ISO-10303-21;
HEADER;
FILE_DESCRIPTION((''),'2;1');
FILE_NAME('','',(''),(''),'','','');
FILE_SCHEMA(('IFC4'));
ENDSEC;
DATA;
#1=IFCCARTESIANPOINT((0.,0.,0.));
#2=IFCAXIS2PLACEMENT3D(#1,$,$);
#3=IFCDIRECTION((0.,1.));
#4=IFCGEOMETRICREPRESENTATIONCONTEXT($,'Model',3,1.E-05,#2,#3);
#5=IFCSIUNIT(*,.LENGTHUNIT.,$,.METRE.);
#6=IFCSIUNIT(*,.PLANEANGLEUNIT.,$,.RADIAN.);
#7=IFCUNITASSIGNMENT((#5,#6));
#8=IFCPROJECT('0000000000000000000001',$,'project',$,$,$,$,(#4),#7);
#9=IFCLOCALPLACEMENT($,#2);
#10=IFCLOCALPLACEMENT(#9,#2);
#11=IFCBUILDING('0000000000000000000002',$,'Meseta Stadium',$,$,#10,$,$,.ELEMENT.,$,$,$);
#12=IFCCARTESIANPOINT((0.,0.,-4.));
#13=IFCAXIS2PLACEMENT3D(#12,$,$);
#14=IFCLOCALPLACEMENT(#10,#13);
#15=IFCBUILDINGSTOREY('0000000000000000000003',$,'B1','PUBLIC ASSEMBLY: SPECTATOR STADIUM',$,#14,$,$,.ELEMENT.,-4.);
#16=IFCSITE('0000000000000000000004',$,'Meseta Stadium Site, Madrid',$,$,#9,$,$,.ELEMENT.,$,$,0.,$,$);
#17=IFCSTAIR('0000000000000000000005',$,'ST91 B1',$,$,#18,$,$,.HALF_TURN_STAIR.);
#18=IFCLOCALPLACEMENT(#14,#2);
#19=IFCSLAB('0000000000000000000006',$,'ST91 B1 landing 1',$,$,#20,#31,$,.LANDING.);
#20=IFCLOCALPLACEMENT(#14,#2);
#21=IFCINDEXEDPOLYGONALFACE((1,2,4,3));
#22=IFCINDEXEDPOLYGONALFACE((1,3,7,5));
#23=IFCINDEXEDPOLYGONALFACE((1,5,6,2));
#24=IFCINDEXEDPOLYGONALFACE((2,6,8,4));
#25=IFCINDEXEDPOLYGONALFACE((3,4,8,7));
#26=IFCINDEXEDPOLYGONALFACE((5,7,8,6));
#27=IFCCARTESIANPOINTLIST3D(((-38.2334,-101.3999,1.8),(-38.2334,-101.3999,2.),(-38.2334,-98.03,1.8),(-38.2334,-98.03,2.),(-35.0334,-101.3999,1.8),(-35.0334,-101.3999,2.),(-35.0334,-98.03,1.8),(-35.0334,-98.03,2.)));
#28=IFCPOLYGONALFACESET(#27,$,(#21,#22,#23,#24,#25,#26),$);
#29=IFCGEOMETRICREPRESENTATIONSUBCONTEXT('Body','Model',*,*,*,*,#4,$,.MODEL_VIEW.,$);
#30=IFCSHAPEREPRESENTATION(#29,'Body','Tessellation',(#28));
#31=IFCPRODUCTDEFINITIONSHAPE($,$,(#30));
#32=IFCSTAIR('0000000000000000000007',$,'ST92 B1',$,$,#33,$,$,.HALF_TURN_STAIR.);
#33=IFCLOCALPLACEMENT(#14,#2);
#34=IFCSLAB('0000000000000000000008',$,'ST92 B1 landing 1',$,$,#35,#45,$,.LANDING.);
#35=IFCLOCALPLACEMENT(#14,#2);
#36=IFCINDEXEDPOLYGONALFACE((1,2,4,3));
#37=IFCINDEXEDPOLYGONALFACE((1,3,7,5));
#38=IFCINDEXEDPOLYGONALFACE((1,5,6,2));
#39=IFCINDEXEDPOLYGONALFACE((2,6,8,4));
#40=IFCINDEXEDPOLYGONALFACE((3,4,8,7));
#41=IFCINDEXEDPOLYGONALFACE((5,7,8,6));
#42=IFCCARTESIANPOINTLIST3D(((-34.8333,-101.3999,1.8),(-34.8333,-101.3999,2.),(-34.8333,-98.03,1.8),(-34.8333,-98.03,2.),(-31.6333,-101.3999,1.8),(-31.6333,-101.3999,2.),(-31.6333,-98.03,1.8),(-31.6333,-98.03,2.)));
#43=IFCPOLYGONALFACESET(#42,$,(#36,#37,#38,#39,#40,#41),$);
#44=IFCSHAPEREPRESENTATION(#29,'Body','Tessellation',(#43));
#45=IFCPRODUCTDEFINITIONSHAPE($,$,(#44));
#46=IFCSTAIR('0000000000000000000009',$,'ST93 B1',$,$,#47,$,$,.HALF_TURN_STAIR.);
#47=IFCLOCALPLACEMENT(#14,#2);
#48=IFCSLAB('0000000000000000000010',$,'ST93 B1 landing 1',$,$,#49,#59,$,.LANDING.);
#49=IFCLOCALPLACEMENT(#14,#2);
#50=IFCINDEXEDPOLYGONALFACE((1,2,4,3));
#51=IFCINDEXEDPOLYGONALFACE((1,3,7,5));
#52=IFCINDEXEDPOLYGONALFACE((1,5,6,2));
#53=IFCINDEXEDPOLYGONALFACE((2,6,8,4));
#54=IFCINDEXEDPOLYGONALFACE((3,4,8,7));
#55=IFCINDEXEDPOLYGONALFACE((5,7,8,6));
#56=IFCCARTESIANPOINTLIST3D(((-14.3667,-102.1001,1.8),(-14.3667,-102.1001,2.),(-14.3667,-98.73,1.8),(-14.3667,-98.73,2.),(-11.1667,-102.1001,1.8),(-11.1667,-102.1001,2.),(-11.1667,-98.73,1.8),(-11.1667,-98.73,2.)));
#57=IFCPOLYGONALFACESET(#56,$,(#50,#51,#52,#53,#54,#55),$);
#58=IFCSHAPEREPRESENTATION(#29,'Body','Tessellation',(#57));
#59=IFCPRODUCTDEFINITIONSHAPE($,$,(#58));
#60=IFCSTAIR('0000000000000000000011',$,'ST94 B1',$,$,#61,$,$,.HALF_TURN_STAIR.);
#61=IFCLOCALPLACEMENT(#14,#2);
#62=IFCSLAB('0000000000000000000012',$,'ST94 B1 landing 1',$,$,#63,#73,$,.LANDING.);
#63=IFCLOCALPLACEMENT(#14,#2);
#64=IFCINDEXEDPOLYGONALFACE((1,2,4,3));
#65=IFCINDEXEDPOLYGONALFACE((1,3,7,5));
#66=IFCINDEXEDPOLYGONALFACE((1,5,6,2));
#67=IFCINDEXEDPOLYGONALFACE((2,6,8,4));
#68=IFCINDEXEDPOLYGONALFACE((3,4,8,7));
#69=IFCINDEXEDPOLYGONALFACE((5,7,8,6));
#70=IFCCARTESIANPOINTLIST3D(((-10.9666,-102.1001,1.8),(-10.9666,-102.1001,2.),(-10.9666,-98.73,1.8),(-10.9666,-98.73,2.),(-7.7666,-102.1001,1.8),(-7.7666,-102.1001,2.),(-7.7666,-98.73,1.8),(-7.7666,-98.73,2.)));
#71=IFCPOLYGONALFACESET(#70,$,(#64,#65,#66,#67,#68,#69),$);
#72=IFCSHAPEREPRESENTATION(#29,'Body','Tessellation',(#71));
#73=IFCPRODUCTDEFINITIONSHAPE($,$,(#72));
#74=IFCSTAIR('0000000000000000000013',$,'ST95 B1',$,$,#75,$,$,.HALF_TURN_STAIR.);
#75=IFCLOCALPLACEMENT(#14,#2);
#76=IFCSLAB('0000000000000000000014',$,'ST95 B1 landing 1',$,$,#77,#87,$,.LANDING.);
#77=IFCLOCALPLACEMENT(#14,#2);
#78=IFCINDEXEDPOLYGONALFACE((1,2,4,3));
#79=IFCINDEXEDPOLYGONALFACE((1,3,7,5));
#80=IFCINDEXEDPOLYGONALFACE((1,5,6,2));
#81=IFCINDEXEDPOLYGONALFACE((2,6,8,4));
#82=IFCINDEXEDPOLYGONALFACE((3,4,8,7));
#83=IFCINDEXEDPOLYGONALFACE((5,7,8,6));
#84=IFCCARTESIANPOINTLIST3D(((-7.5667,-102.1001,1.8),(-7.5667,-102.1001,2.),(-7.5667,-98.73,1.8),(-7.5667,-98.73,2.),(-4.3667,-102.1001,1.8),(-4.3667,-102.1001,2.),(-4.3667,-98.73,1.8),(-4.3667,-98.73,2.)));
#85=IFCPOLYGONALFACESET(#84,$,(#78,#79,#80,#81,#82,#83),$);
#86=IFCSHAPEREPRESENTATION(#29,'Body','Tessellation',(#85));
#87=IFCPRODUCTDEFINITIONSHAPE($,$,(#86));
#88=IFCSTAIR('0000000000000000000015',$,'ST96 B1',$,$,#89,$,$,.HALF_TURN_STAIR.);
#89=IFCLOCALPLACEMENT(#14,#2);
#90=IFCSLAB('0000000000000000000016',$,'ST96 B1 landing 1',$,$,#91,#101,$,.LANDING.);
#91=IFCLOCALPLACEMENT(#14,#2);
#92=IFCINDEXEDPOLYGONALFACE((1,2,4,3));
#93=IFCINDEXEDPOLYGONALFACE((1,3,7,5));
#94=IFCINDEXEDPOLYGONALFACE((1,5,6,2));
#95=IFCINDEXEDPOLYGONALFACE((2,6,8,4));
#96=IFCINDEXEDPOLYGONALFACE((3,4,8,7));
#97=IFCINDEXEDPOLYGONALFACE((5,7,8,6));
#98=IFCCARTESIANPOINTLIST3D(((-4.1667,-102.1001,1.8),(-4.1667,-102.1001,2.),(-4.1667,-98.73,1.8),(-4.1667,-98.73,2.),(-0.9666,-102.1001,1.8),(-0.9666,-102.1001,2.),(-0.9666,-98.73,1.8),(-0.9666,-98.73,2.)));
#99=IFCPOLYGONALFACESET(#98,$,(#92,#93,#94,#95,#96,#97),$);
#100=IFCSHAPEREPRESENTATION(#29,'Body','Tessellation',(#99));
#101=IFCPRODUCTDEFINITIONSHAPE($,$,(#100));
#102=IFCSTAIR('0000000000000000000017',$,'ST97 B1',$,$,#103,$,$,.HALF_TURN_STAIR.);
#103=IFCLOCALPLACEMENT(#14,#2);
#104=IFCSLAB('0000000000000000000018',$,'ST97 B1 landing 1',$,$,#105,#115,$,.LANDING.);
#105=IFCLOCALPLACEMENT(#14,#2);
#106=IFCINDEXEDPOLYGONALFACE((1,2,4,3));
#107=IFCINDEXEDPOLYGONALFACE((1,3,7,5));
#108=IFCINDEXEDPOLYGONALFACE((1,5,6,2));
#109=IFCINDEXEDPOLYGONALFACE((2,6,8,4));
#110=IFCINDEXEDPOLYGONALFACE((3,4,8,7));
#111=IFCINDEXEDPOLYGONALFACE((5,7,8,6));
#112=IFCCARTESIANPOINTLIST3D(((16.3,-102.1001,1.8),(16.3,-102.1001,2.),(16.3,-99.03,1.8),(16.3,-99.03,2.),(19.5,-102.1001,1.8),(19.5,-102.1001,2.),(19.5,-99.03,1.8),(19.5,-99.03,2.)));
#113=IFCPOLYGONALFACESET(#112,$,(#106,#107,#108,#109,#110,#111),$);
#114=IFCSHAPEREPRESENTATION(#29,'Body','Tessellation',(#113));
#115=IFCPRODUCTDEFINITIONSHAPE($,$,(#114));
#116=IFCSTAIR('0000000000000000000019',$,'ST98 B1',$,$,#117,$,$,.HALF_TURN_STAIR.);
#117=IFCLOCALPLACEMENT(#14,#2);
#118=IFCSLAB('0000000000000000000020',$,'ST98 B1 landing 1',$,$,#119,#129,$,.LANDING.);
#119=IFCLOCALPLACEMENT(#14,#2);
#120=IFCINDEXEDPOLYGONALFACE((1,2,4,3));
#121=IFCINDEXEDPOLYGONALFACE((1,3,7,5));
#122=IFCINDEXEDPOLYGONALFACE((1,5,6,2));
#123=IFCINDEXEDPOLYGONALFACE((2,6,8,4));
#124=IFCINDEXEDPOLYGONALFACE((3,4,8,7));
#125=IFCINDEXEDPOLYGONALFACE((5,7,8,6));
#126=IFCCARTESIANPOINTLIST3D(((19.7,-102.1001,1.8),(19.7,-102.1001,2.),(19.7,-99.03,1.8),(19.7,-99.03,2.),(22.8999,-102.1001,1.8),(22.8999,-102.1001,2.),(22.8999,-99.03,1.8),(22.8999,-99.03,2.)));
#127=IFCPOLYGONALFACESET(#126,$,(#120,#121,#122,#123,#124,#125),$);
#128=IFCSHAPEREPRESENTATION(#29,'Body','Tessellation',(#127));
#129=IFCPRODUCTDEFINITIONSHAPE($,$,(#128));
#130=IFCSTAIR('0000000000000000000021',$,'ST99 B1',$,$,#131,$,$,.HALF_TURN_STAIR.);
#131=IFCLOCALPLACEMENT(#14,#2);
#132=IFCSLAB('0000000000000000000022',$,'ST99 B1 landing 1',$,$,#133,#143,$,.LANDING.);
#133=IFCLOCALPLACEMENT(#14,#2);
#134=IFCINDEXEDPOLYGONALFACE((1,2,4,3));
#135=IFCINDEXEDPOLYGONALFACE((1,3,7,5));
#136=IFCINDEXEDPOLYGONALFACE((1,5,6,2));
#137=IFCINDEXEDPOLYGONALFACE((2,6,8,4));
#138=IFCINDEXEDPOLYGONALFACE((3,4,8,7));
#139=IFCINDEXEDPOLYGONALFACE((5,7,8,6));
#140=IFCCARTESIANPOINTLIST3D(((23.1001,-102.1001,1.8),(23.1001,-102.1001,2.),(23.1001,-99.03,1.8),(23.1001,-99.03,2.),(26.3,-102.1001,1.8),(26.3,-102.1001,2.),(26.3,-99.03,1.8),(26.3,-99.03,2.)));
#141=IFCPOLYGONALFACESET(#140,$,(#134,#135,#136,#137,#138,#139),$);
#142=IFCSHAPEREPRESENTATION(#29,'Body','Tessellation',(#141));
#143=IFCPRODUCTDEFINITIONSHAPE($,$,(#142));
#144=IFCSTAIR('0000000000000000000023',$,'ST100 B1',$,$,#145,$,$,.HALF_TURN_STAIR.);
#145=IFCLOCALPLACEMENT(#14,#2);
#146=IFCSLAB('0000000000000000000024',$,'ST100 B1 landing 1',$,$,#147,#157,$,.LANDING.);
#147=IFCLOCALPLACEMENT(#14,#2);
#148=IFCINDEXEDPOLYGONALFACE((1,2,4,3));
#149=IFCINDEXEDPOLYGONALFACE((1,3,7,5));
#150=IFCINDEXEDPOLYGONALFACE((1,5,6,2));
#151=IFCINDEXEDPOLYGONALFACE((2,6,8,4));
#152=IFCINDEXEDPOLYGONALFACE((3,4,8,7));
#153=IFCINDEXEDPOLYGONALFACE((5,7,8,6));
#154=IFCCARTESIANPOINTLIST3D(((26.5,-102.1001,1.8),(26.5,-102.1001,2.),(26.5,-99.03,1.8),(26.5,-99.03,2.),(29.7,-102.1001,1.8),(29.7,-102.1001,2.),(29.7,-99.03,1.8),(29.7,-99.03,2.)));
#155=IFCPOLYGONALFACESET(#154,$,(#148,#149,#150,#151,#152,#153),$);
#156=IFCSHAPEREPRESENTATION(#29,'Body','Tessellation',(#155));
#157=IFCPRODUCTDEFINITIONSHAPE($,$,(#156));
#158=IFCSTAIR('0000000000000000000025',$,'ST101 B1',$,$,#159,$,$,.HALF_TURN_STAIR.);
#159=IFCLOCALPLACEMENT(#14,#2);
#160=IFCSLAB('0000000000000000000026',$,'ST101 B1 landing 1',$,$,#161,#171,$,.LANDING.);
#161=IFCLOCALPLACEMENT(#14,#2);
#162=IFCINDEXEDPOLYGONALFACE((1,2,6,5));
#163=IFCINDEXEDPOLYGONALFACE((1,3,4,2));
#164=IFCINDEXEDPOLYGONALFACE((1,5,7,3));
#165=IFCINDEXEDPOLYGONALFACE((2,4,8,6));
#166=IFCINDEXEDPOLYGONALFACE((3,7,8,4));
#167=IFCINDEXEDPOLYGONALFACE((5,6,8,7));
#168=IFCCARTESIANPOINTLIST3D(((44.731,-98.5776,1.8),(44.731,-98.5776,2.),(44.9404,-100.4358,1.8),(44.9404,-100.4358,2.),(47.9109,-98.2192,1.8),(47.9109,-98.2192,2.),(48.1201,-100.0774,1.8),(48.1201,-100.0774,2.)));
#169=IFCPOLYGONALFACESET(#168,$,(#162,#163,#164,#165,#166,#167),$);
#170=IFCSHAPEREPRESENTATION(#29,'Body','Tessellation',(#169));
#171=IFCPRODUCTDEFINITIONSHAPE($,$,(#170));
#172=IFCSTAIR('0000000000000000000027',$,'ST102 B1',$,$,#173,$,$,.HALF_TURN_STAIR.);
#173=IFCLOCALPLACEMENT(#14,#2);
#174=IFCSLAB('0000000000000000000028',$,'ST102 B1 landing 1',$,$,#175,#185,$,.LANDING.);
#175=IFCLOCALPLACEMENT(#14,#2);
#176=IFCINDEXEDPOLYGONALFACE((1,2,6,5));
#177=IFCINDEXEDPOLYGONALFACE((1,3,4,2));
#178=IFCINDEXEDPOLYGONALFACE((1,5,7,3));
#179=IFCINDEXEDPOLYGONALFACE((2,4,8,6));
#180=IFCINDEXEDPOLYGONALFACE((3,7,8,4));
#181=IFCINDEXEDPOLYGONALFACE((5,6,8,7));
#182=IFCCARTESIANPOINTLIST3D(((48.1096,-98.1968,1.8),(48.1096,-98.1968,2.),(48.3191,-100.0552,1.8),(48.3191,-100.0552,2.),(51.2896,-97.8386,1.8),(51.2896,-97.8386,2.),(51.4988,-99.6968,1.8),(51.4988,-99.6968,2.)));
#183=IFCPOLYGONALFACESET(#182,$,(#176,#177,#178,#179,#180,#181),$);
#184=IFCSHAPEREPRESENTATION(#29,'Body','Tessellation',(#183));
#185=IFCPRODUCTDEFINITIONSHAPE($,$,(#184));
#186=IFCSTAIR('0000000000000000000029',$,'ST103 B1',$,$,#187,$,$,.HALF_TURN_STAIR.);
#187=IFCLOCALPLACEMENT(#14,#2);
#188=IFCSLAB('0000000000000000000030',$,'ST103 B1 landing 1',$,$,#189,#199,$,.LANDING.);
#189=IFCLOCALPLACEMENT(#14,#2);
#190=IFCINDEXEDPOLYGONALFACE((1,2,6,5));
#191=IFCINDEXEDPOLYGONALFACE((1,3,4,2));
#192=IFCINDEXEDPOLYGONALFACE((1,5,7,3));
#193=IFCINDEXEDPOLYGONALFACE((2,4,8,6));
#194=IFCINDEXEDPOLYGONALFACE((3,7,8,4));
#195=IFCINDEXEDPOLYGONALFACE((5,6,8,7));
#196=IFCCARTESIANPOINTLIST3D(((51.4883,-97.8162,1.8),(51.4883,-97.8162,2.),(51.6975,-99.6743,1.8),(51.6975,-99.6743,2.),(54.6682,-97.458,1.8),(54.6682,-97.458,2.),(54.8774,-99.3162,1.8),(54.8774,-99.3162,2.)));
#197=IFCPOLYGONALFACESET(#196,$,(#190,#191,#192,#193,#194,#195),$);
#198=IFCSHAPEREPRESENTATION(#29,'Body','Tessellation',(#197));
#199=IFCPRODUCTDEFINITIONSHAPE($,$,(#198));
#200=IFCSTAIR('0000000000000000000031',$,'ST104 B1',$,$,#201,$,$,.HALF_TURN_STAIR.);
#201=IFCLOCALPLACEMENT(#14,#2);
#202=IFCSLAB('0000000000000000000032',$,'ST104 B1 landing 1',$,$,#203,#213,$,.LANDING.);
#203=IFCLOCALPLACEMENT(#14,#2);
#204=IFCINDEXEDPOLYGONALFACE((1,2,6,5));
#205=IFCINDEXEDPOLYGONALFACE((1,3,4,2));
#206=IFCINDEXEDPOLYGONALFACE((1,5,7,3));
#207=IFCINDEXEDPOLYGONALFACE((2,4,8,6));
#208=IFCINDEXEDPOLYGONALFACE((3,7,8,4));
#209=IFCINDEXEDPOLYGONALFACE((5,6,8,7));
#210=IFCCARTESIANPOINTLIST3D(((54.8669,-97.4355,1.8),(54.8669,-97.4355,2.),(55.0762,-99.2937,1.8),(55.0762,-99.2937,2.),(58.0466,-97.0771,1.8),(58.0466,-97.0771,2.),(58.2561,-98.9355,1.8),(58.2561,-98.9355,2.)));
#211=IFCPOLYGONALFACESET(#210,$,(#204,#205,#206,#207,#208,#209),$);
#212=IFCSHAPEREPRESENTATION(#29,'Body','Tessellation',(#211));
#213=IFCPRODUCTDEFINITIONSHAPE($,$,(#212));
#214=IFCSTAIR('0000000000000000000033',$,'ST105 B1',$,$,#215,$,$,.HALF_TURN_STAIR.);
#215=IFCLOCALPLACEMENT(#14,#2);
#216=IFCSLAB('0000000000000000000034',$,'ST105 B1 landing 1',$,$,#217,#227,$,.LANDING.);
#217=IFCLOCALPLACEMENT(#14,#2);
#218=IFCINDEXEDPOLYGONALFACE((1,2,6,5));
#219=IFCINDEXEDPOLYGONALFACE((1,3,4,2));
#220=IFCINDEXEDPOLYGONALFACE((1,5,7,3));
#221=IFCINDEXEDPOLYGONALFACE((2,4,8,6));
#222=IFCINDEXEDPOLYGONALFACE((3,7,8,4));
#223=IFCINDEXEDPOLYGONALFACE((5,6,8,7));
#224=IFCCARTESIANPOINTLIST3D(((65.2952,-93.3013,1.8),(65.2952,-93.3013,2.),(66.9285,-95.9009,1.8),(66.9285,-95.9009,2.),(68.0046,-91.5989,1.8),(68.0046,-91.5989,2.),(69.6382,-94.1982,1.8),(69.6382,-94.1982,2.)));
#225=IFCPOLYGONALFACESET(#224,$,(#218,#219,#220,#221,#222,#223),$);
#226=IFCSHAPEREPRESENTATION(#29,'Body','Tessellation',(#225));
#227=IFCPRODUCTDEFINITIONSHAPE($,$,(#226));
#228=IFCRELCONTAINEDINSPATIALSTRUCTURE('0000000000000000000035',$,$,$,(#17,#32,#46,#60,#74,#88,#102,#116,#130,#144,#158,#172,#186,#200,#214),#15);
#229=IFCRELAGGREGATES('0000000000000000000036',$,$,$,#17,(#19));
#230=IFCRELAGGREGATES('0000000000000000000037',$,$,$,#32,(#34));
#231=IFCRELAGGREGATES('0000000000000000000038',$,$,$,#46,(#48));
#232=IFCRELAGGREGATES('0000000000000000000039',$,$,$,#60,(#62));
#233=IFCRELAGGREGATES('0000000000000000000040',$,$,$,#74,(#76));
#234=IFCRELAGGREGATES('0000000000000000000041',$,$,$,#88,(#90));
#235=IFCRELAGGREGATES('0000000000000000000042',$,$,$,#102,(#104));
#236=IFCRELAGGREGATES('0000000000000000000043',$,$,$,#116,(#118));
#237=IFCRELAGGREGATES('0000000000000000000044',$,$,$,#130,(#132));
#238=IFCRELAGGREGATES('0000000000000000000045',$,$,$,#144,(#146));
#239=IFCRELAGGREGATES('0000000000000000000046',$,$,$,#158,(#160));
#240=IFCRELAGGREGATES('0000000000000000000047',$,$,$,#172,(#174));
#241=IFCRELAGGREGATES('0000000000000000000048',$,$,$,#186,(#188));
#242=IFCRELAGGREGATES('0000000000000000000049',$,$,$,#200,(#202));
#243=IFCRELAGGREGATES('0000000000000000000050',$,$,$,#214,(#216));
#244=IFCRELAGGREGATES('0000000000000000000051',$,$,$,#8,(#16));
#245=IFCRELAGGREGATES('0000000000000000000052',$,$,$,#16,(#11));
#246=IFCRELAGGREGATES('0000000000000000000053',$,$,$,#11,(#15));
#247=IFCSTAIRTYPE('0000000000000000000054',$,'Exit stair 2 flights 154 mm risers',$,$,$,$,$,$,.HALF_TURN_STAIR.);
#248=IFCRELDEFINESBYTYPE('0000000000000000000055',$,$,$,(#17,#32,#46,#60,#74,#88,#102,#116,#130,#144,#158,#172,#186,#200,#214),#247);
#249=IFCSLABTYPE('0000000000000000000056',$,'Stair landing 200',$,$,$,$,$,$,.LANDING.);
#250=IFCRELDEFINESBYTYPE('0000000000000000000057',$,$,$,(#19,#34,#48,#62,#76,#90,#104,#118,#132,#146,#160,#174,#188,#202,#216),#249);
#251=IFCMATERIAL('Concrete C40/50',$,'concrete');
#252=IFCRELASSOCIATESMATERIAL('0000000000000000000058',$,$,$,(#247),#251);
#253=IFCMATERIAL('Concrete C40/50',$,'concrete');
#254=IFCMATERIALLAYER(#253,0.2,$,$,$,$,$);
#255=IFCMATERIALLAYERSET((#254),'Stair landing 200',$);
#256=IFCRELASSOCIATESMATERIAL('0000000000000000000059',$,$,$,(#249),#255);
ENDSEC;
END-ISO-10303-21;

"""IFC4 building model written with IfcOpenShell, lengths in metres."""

from ifc_helpers import new_model, si_unit, direction, frame, origin, place, context, subcontext, project, spatial, polyline, outline, extrude, material, layer, layer_set, type_object, element, aggregate, save


model = new_model("IFC4")

# Units and contexts
model_context = context("Model", 3, precision=1e-05, world=origin(), true_north=direction((0.0, 1.0)))
body_context = subcontext(model_context, "Body", "Model", "MODEL_VIEW")
ifc_project = project(units=[si_unit("LENGTHUNIT", "METRE"), si_unit("PLANEANGLEUNIT", "RADIAN")], contexts=[model_context])

# Site, building, storey
site_placement = place(None, origin())
site = spatial("IfcSite", under=ifc_project, at=site_placement, Name="Meseta Stadium Site, Madrid", CompositionType="ELEMENT", RefElevation=0.0)
building_placement = place(site_placement, origin())
building = spatial("IfcBuilding", under=site, at=building_placement, Name="Meseta Stadium", CompositionType="ELEMENT")
storey_placement = place(building_placement, frame((0.0, 0.0, -4.0)))
storey = spatial("IfcBuildingStorey", under=building, at=storey_placement, Name="B1", Description="PUBLIC ASSEMBLY: SPECTATOR STADIUM", CompositionType="ELEMENT", Elevation=-4.0)

# Stairs, slabs
ifc_material_1 = material(Name="Concrete C40/50", Category="concrete")
stair_type = type_object("IfcStairType", Name="Exit stair 2 flights 154 mm risers", PredefinedType="HALF_TURN_STAIR", material=ifc_material_1)
ifc_material_2 = material(Name="Concrete C40/50", Category="concrete")
ifc_layer_1 = layer(ifc_material_2, 0.2)
ifc_layer_set_1 = layer_set([ifc_layer_1], Name="Stair landing 200")
slab_type = type_object("IfcSlabType", Name="Stair landing 200", PredefinedType="LANDING", material=ifc_layer_set_1)
stair_1_placement = place(storey_placement, origin())
stair_1 = element("IfcStair", 1, at=stair_1_placement, inside=storey, type_object=stair_type, Name="ST91 B1", PredefinedType="HALF_TURN_STAIR")
slab_1_placement = place(storey_placement, frame((0.0, 0.0, 1.8)))
slab_1 = element("IfcSlab", 2, at=slab_1_placement, type_object=slab_type, Name="ST91 B1 landing 1", PredefinedType="LANDING", context=body_context, shape_type="SweptSolid", body=[
    extrude(outline(polyline([(-38.2334, -98.03), (-38.2334, -101.3999), (-35.0334, -101.3999), (-35.0334, -98.03), (-38.2334, -98.03)])), origin(), (0.0, 0.0, 1.0), 0.2),
])
aggregate(stair_1, [slab_1])
stair_2_placement = place(storey_placement, origin())
stair_2 = element("IfcStair", 3, at=stair_2_placement, inside=storey, type_object=stair_type, Name="ST92 B1", PredefinedType="HALF_TURN_STAIR")
slab_2_placement = place(storey_placement, frame((0.0, 0.0, 1.8)))
slab_2 = element("IfcSlab", 4, at=slab_2_placement, type_object=slab_type, Name="ST92 B1 landing 1", PredefinedType="LANDING", context=body_context, shape_type="SweptSolid", body=[
    extrude(outline(polyline([(-34.8333, -98.03), (-34.8333, -101.3999), (-31.6333, -101.3999), (-31.6333, -98.03), (-34.8333, -98.03)])), origin(), (0.0, 0.0, 1.0), 0.2),
])
aggregate(stair_2, [slab_2])
stair_3_placement = place(storey_placement, origin())
stair_3 = element("IfcStair", 5, at=stair_3_placement, inside=storey, type_object=stair_type, Name="ST93 B1", PredefinedType="HALF_TURN_STAIR")
slab_3_placement = place(storey_placement, frame((0.0, 0.0, 1.8)))
slab_3 = element("IfcSlab", 6, at=slab_3_placement, type_object=slab_type, Name="ST93 B1 landing 1", PredefinedType="LANDING", context=body_context, shape_type="SweptSolid", body=[
    extrude(outline(polyline([(-14.3667, -98.73), (-14.3667, -102.1001), (-11.1667, -102.1001), (-11.1667, -98.73), (-14.3667, -98.73)])), origin(), (0.0, 0.0, 1.0), 0.2),
])
aggregate(stair_3, [slab_3])
stair_4_placement = place(storey_placement, origin())
stair_4 = element("IfcStair", 7, at=stair_4_placement, inside=storey, type_object=stair_type, Name="ST94 B1", PredefinedType="HALF_TURN_STAIR")
slab_4_placement = place(storey_placement, frame((0.0, 0.0, 1.8)))
slab_4 = element("IfcSlab", 8, at=slab_4_placement, type_object=slab_type, Name="ST94 B1 landing 1", PredefinedType="LANDING", context=body_context, shape_type="SweptSolid", body=[
    extrude(outline(polyline([(-10.9666, -98.73), (-10.9666, -102.1001), (-7.7666, -102.1001), (-7.7666, -98.73), (-10.9666, -98.73)])), origin(), (0.0, 0.0, 1.0), 0.2),
])
aggregate(stair_4, [slab_4])
stair_5_placement = place(storey_placement, origin())
stair_5 = element("IfcStair", 9, at=stair_5_placement, inside=storey, type_object=stair_type, Name="ST95 B1", PredefinedType="HALF_TURN_STAIR")
slab_5_placement = place(storey_placement, frame((0.0, 0.0, 1.8)))
slab_5 = element("IfcSlab", 10, at=slab_5_placement, type_object=slab_type, Name="ST95 B1 landing 1", PredefinedType="LANDING", context=body_context, shape_type="SweptSolid", body=[
    extrude(outline(polyline([(-7.5667, -98.73), (-7.5667, -102.1001), (-4.3667, -102.1001), (-4.3667, -98.73), (-7.5667, -98.73)])), origin(), (0.0, 0.0, 1.0), 0.2),
])
aggregate(stair_5, [slab_5])
stair_6_placement = place(storey_placement, origin())
stair_6 = element("IfcStair", 11, at=stair_6_placement, inside=storey, type_object=stair_type, Name="ST96 B1", PredefinedType="HALF_TURN_STAIR")
slab_6_placement = place(storey_placement, frame((0.0, 0.0, 1.8)))
slab_6 = element("IfcSlab", 12, at=slab_6_placement, type_object=slab_type, Name="ST96 B1 landing 1", PredefinedType="LANDING", context=body_context, shape_type="SweptSolid", body=[
    extrude(outline(polyline([(-4.1667, -98.73), (-4.1667, -102.1001), (-0.9666, -102.1001), (-0.9666, -98.73), (-4.1667, -98.73)])), origin(), (0.0, 0.0, 1.0), 0.2),
])
aggregate(stair_6, [slab_6])
stair_7_placement = place(storey_placement, origin())
stair_7 = element("IfcStair", 13, at=stair_7_placement, inside=storey, type_object=stair_type, Name="ST97 B1", PredefinedType="HALF_TURN_STAIR")
slab_7_placement = place(storey_placement, frame((0.0, 0.0, 1.8)))
slab_7 = element("IfcSlab", 14, at=slab_7_placement, type_object=slab_type, Name="ST97 B1 landing 1", PredefinedType="LANDING", context=body_context, shape_type="SweptSolid", body=[
    extrude(outline(polyline([(16.3, -99.03), (16.3, -102.1001), (19.5, -102.1001), (19.5, -99.03), (16.3, -99.03)])), origin(), (0.0, 0.0, 1.0), 0.2),
])
aggregate(stair_7, [slab_7])
stair_8_placement = place(storey_placement, origin())
stair_8 = element("IfcStair", 15, at=stair_8_placement, inside=storey, type_object=stair_type, Name="ST98 B1", PredefinedType="HALF_TURN_STAIR")
slab_8_placement = place(storey_placement, frame((0.0, 0.0, 1.8)))
slab_8 = element("IfcSlab", 16, at=slab_8_placement, type_object=slab_type, Name="ST98 B1 landing 1", PredefinedType="LANDING", context=body_context, shape_type="SweptSolid", body=[
    extrude(outline(polyline([(19.7, -99.03), (19.7, -102.1001), (22.8999, -102.1001), (22.8999, -99.03), (19.7, -99.03)])), origin(), (0.0, 0.0, 1.0), 0.2),
])
aggregate(stair_8, [slab_8])
stair_9_placement = place(storey_placement, origin())
stair_9 = element("IfcStair", 17, at=stair_9_placement, inside=storey, type_object=stair_type, Name="ST99 B1", PredefinedType="HALF_TURN_STAIR")
slab_9_placement = place(storey_placement, frame((0.0, 0.0, 1.8)))
slab_9 = element("IfcSlab", 18, at=slab_9_placement, type_object=slab_type, Name="ST99 B1 landing 1", PredefinedType="LANDING", context=body_context, shape_type="SweptSolid", body=[
    extrude(outline(polyline([(23.1001, -99.03), (23.1001, -102.1001), (26.3, -102.1001), (26.3, -99.03), (23.1001, -99.03)])), origin(), (0.0, 0.0, 1.0), 0.2),
])
aggregate(stair_9, [slab_9])
stair_10_placement = place(storey_placement, origin())
stair_10 = element("IfcStair", 19, at=stair_10_placement, inside=storey, type_object=stair_type, Name="ST100 B1", PredefinedType="HALF_TURN_STAIR")
slab_10_placement = place(storey_placement, frame((0.0, 0.0, 1.8)))
slab_10 = element("IfcSlab", 20, at=slab_10_placement, type_object=slab_type, Name="ST100 B1 landing 1", PredefinedType="LANDING", context=body_context, shape_type="SweptSolid", body=[
    extrude(outline(polyline([(26.5, -99.03), (26.5, -102.1001), (29.7, -102.1001), (29.7, -99.03), (26.5, -99.03)])), origin(), (0.0, 0.0, 1.0), 0.2),
])
aggregate(stair_10, [slab_10])
stair_11_placement = place(storey_placement, origin())
stair_11 = element("IfcStair", 21, at=stair_11_placement, inside=storey, type_object=stair_type, Name="ST101 B1", PredefinedType="HALF_TURN_STAIR")
slab_11_placement = place(storey_placement, frame((0.0, 0.0, 1.8)))
slab_11 = element("IfcSlab", 22, at=slab_11_placement, type_object=slab_type, Name="ST101 B1 landing 1", PredefinedType="LANDING", context=body_context, shape_type="SweptSolid", body=[
    extrude(outline(polyline([(44.731, -98.5776), (44.9404, -100.4358), (48.1201, -100.0774), (47.9109, -98.2192), (44.731, -98.5776)])), origin(), (0.0, 0.0, 1.0), 0.2),
])
aggregate(stair_11, [slab_11])
stair_12_placement = place(storey_placement, origin())
stair_12 = element("IfcStair", 23, at=stair_12_placement, inside=storey, type_object=stair_type, Name="ST102 B1", PredefinedType="HALF_TURN_STAIR")
slab_12_placement = place(storey_placement, frame((0.0, 0.0, 1.8)))
slab_12 = element("IfcSlab", 24, at=slab_12_placement, type_object=slab_type, Name="ST102 B1 landing 1", PredefinedType="LANDING", context=body_context, shape_type="SweptSolid", body=[
    extrude(outline(polyline([(48.1096, -98.1968), (48.3191, -100.0552), (51.4988, -99.6968), (51.2896, -97.8386), (48.1096, -98.1968)])), origin(), (0.0, 0.0, 1.0), 0.2),
])
aggregate(stair_12, [slab_12])
stair_13_placement = place(storey_placement, origin())
stair_13 = element("IfcStair", 25, at=stair_13_placement, inside=storey, type_object=stair_type, Name="ST103 B1", PredefinedType="HALF_TURN_STAIR")
slab_13_placement = place(storey_placement, frame((0.0, 0.0, 1.8)))
slab_13 = element("IfcSlab", 26, at=slab_13_placement, type_object=slab_type, Name="ST103 B1 landing 1", PredefinedType="LANDING", context=body_context, shape_type="SweptSolid", body=[
    extrude(outline(polyline([(51.4883, -97.8162), (51.6975, -99.6743), (54.8774, -99.3162), (54.6682, -97.458), (51.4883, -97.8162)])), origin(), (0.0, 0.0, 1.0), 0.2),
])
aggregate(stair_13, [slab_13])
stair_14_placement = place(storey_placement, origin())
stair_14 = element("IfcStair", 27, at=stair_14_placement, inside=storey, type_object=stair_type, Name="ST104 B1", PredefinedType="HALF_TURN_STAIR")
slab_14_placement = place(storey_placement, frame((0.0, 0.0, 1.8)))
slab_14 = element("IfcSlab", 28, at=slab_14_placement, type_object=slab_type, Name="ST104 B1 landing 1", PredefinedType="LANDING", context=body_context, shape_type="SweptSolid", body=[
    extrude(outline(polyline([(54.8669, -97.4355), (55.0762, -99.2937), (58.2561, -98.9355), (58.0466, -97.0771), (54.8669, -97.4355)])), origin(), (0.0, 0.0, 1.0), 0.2),
])
aggregate(stair_14, [slab_14])
stair_15_placement = place(storey_placement, origin())
stair_15 = element("IfcStair", 29, at=stair_15_placement, inside=storey, type_object=stair_type, Name="ST105 B1", PredefinedType="HALF_TURN_STAIR")
slab_15_placement = place(storey_placement, frame((0.0, 0.0, 1.8)))
slab_15 = element("IfcSlab", 30, at=slab_15_placement, type_object=slab_type, Name="ST105 B1 landing 1", PredefinedType="LANDING", context=body_context, shape_type="SweptSolid", body=[
    extrude(outline(polyline([(65.2952, -93.3013), (66.9285, -95.9009), (69.6382, -94.1982), (68.0046, -91.5989), (65.2952, -93.3013)])), origin(), (0.0, 0.0, 1.0), 0.2),
])
aggregate(stair_15, [slab_15])

save(model, "model.ifc")
